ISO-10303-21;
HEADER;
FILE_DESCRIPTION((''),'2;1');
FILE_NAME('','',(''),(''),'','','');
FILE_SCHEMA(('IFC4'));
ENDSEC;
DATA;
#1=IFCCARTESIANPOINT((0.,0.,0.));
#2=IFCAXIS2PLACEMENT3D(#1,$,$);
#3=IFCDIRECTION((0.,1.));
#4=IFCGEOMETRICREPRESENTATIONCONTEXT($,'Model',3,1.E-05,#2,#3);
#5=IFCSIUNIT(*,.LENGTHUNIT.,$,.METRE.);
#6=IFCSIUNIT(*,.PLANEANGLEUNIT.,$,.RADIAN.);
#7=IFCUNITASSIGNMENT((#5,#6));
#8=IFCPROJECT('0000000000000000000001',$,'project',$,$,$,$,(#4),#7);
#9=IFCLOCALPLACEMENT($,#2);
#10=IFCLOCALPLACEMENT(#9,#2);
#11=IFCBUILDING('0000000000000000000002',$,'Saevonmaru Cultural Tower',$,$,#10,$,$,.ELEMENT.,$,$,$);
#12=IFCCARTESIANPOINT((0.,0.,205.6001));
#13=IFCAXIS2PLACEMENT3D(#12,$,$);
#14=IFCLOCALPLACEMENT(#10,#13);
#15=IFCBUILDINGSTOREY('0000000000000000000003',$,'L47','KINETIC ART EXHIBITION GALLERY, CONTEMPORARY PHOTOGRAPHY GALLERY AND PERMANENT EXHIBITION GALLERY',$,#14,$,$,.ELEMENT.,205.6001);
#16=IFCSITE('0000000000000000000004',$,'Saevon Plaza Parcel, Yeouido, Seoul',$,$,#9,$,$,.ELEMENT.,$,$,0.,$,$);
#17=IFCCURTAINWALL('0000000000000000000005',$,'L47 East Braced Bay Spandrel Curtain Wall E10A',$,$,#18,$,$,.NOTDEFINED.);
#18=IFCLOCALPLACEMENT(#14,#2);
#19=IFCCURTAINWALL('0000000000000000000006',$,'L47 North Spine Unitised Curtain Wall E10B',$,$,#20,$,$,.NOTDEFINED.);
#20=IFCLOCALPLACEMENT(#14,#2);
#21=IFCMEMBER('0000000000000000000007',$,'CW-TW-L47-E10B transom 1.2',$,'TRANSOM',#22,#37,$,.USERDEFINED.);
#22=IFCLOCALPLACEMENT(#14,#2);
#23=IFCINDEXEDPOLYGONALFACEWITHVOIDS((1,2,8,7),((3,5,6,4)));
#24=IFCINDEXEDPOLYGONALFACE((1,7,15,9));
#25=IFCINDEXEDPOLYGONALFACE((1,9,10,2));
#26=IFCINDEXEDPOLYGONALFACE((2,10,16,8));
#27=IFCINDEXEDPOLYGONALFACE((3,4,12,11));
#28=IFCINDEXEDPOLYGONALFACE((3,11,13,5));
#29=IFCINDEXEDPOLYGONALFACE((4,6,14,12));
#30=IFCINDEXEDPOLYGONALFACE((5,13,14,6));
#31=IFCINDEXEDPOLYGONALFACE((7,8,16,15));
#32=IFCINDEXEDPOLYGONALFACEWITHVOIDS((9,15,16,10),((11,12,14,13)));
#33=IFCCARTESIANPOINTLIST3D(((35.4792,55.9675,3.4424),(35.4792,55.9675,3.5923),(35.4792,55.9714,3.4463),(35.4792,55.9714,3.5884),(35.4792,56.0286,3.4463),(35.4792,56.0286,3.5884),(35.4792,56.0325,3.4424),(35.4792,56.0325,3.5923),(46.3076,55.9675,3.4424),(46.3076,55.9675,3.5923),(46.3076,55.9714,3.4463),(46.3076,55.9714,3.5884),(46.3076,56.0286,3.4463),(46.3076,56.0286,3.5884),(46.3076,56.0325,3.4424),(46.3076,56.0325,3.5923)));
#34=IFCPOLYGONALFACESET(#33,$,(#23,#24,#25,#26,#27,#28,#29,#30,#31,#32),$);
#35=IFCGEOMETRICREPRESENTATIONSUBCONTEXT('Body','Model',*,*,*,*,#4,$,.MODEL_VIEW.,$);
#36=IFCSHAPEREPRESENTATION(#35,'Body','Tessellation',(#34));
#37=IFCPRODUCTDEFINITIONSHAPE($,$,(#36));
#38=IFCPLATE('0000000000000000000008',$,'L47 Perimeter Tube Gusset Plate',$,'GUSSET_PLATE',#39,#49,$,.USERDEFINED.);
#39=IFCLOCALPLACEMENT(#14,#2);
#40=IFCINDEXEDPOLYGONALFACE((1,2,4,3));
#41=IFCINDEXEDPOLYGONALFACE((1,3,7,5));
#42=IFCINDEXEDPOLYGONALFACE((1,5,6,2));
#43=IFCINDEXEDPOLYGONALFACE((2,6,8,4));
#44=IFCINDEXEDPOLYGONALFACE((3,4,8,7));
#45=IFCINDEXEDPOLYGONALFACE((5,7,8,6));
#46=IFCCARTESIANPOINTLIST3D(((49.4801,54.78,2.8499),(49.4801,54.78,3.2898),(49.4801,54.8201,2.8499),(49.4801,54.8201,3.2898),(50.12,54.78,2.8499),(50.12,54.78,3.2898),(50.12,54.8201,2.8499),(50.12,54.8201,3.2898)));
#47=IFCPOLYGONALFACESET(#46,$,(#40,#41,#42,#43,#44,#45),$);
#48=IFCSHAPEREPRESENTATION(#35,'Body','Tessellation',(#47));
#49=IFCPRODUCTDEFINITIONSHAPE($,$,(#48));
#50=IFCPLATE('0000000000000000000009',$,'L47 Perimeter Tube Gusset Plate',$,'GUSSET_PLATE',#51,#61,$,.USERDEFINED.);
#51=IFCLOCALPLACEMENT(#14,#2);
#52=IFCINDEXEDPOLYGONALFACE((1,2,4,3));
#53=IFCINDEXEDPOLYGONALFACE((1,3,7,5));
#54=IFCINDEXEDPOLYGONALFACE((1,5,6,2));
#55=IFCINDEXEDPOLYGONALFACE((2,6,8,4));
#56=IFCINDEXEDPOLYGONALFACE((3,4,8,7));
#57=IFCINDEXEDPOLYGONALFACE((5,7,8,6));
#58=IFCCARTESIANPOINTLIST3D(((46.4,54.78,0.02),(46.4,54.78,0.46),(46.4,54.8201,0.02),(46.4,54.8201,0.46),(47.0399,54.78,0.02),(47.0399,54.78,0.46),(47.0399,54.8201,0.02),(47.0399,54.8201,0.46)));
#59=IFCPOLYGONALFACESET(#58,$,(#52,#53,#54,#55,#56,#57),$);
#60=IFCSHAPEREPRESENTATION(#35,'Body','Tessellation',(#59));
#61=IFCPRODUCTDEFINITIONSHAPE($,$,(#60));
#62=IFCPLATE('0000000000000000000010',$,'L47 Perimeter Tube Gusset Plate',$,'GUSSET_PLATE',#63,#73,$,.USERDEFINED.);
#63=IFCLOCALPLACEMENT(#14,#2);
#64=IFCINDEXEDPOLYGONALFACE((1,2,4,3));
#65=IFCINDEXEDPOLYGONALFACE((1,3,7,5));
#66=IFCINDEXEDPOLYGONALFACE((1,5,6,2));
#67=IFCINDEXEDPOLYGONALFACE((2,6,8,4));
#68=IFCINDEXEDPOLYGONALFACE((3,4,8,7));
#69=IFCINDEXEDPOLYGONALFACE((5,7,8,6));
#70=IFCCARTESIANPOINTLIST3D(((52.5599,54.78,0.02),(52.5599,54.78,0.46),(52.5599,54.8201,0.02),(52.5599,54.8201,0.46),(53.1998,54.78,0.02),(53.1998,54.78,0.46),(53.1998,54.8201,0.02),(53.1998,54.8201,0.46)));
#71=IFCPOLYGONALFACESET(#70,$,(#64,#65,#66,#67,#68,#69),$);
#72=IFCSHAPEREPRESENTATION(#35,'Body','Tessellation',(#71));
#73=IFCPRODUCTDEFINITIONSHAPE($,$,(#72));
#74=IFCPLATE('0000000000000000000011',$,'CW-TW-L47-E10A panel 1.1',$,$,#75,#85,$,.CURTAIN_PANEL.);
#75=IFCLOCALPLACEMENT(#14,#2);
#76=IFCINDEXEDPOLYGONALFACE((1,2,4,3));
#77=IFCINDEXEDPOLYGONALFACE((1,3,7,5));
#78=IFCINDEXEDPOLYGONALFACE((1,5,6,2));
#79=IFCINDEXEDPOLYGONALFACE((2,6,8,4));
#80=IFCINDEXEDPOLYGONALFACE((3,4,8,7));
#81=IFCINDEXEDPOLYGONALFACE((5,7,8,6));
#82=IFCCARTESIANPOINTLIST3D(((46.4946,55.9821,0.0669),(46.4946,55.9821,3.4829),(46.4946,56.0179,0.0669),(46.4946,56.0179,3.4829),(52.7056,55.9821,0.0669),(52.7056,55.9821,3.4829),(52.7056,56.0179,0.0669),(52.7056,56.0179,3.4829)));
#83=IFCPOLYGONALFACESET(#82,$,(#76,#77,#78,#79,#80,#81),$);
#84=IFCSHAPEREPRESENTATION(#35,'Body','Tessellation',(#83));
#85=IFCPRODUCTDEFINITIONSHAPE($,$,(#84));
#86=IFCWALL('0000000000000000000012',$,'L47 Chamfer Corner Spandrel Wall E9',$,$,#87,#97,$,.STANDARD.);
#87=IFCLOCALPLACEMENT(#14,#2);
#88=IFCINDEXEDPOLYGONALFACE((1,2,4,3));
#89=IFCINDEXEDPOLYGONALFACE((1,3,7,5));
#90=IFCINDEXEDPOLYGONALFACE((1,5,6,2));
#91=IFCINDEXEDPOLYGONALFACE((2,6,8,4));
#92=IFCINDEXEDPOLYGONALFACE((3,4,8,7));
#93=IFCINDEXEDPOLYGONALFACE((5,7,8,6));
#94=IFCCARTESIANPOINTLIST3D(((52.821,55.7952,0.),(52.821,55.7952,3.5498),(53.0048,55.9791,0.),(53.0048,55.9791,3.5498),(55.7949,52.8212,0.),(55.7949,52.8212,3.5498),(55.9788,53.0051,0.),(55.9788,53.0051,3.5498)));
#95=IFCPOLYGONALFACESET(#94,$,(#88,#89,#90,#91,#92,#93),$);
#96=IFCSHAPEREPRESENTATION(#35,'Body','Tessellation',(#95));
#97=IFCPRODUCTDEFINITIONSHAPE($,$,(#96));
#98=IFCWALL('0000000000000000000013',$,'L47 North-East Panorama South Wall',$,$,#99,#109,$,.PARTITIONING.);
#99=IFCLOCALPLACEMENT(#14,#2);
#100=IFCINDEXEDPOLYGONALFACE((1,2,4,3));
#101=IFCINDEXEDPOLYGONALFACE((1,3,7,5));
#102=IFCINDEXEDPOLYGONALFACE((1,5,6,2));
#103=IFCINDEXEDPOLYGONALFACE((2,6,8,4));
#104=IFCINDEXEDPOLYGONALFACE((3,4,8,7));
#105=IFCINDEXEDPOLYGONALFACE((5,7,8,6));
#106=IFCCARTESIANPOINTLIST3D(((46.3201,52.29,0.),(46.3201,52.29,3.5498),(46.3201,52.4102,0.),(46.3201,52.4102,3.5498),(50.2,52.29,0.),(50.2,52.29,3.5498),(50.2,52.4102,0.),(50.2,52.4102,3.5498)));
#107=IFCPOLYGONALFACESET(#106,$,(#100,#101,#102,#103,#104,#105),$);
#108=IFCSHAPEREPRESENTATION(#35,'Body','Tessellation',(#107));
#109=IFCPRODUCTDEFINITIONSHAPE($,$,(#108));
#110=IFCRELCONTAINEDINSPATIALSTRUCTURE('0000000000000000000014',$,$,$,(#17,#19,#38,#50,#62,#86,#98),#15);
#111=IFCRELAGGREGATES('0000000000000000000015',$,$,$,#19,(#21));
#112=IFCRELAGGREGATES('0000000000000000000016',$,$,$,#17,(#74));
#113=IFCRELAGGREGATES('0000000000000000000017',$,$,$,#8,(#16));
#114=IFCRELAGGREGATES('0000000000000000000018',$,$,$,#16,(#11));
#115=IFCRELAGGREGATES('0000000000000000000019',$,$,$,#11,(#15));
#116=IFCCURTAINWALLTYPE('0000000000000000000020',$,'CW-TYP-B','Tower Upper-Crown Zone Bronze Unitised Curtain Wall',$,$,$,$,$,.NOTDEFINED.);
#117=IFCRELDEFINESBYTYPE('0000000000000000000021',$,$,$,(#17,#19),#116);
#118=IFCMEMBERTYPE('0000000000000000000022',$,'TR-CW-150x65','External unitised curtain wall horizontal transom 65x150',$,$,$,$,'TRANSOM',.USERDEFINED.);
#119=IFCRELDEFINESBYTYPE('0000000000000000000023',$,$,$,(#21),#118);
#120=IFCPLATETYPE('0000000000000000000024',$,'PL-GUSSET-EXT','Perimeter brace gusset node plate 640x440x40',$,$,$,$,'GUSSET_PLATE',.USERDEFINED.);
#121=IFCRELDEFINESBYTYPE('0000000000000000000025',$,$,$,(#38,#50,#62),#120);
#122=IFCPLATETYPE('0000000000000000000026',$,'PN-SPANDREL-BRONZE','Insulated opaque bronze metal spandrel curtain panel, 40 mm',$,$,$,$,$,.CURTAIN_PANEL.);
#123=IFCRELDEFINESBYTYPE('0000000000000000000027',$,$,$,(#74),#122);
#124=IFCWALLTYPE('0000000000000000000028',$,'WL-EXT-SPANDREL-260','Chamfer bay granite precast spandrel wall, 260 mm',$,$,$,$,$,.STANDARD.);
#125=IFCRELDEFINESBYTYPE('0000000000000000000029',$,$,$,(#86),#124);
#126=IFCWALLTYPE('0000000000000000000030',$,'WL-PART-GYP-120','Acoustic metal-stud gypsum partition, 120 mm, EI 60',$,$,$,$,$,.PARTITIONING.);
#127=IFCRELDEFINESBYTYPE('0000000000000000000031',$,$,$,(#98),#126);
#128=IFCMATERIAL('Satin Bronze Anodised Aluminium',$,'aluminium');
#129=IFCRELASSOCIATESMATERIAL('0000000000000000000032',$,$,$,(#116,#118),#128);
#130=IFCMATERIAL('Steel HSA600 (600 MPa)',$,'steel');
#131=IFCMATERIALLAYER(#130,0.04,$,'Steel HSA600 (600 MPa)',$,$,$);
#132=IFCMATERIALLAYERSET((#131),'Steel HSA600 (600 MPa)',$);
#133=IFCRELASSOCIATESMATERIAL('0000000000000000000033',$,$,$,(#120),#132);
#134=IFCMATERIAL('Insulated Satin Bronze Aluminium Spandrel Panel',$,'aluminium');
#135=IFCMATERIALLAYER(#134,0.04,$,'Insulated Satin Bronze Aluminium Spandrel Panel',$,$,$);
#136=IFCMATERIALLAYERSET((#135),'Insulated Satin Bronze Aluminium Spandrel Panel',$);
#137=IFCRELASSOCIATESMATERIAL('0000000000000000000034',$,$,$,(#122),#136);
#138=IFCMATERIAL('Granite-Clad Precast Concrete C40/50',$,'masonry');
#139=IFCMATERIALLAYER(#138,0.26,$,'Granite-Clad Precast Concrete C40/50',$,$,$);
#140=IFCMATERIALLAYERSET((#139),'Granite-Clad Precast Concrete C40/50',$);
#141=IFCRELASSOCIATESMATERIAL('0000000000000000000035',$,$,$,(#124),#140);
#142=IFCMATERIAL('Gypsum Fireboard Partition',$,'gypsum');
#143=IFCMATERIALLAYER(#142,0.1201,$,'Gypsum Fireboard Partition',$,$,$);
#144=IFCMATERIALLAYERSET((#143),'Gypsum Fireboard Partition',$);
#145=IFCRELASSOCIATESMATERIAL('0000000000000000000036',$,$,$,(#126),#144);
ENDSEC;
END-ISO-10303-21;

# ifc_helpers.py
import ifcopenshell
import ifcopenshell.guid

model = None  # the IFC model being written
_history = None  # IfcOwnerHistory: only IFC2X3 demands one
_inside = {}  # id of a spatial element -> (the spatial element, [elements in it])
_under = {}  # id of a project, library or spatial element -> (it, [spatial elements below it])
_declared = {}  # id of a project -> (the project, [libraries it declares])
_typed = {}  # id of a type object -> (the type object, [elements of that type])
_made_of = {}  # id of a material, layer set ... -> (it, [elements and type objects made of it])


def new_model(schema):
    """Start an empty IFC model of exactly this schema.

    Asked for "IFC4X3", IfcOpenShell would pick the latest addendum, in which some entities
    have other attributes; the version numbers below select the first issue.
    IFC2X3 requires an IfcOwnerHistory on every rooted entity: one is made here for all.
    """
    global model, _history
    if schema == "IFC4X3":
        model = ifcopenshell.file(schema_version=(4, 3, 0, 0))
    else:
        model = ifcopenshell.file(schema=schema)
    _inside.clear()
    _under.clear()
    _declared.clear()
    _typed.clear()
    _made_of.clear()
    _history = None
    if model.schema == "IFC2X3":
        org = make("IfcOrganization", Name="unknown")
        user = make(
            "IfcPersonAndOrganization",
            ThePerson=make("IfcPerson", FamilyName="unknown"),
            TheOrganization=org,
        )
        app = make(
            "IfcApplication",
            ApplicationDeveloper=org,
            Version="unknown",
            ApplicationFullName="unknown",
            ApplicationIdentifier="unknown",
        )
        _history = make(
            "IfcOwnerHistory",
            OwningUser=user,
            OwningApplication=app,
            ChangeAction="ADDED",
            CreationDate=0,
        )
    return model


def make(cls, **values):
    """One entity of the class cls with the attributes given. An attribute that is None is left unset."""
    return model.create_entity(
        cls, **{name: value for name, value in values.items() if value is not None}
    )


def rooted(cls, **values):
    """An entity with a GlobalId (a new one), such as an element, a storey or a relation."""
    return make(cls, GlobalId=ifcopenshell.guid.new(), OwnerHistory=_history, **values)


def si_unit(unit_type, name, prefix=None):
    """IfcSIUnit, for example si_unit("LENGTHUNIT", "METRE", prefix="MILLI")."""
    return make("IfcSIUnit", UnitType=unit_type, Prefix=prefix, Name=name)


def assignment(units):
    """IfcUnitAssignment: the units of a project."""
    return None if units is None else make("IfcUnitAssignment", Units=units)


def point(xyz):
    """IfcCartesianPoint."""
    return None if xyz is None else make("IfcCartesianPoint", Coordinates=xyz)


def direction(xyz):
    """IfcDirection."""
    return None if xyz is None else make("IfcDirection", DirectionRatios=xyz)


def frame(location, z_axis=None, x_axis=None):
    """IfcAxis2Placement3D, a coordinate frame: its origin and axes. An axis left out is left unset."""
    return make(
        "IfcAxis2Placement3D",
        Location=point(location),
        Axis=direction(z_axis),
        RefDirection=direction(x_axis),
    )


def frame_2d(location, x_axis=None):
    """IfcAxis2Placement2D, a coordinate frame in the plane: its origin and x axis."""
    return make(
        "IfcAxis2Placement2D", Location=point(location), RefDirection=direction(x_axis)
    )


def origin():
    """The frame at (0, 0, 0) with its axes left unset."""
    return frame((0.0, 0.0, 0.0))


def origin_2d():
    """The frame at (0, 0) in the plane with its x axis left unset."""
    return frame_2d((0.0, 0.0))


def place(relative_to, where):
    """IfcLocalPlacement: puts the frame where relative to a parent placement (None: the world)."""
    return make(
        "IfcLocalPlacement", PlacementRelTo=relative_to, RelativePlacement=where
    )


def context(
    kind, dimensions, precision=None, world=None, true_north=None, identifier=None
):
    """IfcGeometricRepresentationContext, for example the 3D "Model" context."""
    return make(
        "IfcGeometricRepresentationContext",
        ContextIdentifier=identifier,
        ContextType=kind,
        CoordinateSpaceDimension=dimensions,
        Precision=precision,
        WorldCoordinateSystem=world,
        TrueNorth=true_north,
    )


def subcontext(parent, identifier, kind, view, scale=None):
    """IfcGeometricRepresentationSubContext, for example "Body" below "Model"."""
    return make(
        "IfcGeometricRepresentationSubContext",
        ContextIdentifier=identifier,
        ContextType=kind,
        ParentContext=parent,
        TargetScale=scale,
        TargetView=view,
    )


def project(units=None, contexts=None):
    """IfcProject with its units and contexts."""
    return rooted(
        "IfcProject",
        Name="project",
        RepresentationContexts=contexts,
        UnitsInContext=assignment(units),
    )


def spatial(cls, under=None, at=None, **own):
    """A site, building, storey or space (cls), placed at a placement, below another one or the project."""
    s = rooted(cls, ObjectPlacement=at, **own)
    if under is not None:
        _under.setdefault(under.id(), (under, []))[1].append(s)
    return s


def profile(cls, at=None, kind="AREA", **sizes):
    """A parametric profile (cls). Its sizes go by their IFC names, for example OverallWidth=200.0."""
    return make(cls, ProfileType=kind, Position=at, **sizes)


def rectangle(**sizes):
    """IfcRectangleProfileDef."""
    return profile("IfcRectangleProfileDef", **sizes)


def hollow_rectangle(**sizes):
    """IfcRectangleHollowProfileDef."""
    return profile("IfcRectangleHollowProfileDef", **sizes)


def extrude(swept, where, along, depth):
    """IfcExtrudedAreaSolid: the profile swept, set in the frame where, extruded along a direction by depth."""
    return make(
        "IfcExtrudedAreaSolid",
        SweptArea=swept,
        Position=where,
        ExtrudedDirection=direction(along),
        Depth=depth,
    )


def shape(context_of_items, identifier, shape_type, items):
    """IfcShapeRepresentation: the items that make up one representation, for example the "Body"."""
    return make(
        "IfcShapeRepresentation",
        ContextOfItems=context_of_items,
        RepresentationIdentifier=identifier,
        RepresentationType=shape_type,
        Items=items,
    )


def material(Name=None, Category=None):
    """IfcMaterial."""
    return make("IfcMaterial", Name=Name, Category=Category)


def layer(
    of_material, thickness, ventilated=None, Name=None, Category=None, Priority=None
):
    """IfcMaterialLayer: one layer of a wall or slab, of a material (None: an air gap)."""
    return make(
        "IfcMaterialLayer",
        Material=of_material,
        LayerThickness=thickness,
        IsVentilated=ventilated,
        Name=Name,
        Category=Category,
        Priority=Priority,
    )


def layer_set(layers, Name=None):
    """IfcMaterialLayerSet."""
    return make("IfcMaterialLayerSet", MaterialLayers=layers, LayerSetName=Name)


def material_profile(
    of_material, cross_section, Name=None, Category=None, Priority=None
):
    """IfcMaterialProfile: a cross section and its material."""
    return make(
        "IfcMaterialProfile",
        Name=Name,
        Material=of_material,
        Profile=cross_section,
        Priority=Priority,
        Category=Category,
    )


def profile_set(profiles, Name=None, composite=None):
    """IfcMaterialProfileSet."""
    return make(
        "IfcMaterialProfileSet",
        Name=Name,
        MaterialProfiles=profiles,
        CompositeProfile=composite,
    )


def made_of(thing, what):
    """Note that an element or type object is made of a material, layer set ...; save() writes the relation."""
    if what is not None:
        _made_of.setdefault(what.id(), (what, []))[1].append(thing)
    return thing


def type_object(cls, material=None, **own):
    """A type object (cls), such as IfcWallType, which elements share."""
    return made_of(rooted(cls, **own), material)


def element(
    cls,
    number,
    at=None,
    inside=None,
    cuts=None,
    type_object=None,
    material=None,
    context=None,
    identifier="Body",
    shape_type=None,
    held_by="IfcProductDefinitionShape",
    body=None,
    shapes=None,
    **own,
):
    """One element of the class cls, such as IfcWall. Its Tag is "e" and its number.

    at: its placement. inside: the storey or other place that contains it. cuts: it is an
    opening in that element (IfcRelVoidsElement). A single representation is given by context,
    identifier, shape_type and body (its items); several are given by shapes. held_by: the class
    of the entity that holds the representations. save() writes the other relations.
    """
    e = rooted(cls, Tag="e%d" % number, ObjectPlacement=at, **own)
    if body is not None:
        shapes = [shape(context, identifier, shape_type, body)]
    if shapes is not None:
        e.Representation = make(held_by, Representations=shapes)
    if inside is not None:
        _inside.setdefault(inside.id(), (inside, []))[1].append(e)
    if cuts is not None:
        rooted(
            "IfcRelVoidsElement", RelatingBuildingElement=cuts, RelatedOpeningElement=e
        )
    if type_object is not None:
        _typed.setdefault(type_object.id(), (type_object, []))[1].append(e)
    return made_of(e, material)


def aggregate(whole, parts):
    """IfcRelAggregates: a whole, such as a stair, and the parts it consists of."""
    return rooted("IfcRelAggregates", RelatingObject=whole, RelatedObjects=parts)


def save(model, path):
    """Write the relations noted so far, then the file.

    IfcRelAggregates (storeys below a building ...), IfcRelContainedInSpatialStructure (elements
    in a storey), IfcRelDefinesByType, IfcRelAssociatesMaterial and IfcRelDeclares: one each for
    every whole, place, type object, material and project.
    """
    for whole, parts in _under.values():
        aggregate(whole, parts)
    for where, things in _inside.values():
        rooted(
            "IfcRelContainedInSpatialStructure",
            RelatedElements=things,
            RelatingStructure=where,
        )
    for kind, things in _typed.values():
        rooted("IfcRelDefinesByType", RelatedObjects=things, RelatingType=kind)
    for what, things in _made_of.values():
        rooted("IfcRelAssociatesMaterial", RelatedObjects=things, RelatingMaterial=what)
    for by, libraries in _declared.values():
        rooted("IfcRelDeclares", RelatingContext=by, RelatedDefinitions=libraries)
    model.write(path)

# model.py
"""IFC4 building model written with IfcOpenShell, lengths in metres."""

from ifc_helpers import new_model, si_unit, direction, frame, frame_2d, origin, origin_2d, place, context, subcontext, project, spatial, rectangle, hollow_rectangle, extrude, material, layer, layer_set, material_profile, profile_set, type_object, element, aggregate, save


model = new_model("IFC4")

# Units and contexts
model_context = context("Model", 3, precision=1e-05, world=origin(), true_north=direction((0.0, 1.0)))
body_context = subcontext(model_context, "Body", "Model", "MODEL_VIEW")
ifc_project = project(units=[si_unit("LENGTHUNIT", "METRE"), si_unit("PLANEANGLEUNIT", "RADIAN")], contexts=[model_context])

# Site, building, storey
site_placement = place(None, origin())
site = spatial("IfcSite", under=ifc_project, at=site_placement, Name="Saevon Plaza Parcel, Yeouido, Seoul", CompositionType="ELEMENT", RefElevation=0.0)
building_placement = place(site_placement, origin())
building = spatial("IfcBuilding", under=site, at=building_placement, Name="Saevonmaru Cultural Tower", CompositionType="ELEMENT")
storey_placement = place(building_placement, frame((0.0, 0.0, 205.6001)))
storey = spatial("IfcBuildingStorey", under=building, at=storey_placement, Name="L47", Description="KINETIC ART EXHIBITION GALLERY, CONTEMPORARY PHOTOGRAPHY GALLERY AND PERMANENT EXHIBITION GALLERY", CompositionType="ELEMENT", Elevation=205.6001)

# Shared definitions
ifc_material_1 = material(Name="Satin Bronze Anodised Aluminium", Category="aluminium")
curtain_wall_type = type_object("IfcCurtainWallType", Name="CW-TYP-B", Description="Tower Upper-Crown Zone Bronze Unitised Curtain Wall", PredefinedType="NOTDEFINED", material=ifc_material_1)

# Curtain wall
curtain_wall_1_placement = place(storey_placement, origin())
curtain_wall_1 = element("IfcCurtainWall", 1, at=curtain_wall_1_placement, inside=storey, type_object=curtain_wall_type, Name="L47 East Braced Bay Spandrel Curtain Wall E10A", PredefinedType="NOTDEFINED")

# Curtain wall
curtain_wall_2_placement = place(storey_placement, origin())
curtain_wall_2 = element("IfcCurtainWall", 2, at=curtain_wall_2_placement, inside=storey, type_object=curtain_wall_type, Name="L47 North Spine Unitised Curtain Wall E10B", PredefinedType="NOTDEFINED")

# Member
ifc_material_profile_1 = material_profile(ifc_material_1, hollow_rectangle(XDim=0.0649, YDim=0.1499, WallThickness=0.0039, at=origin_2d()), Name="ALU-TRAN-150x65x4")
ifc_profile_set_1 = profile_set([ifc_material_profile_1], Name="Satin Bronze Anodised Aluminium")
member_type_1 = type_object("IfcMemberType", Name="TR-CW-150x65", Description="External unitised curtain wall horizontal transom 65x150", ElementType="TRANSOM", PredefinedType="USERDEFINED", material=ifc_profile_set_1)
member_1_placement = place(storey_placement, frame((46.3076, 56.0, 3.5173), z_axis=(-1.0, 0.0, 0.0), x_axis=(0.0, -1.0, 0.0)))
member_1 = element("IfcMember", 3, at=member_1_placement, type_object=member_type_1, Name="CW-TW-L47-E10B transom 1.2", ObjectType="TRANSOM", PredefinedType="USERDEFINED", context=body_context, shape_type="SweptSolid", body=[
    extrude(hollow_rectangle(XDim=0.0649, YDim=0.1499, WallThickness=0.0039, at=origin_2d()), origin(), (0.0, 0.0, 1.0), 10.8284),
])
aggregate(curtain_wall_2, [member_1])

# Plates
ifc_material_2 = material(Name="Steel HSA600 (600 MPa)", Category="steel")
ifc_layer_1 = layer(ifc_material_2, 0.04, Name="Steel HSA600 (600 MPa)")
ifc_layer_set_1 = layer_set([ifc_layer_1], Name="Steel HSA600 (600 MPa)")
plate_type_1 = type_object("IfcPlateType", Name="PL-GUSSET-EXT", Description="Perimeter brace gusset node plate 640x440x40", ElementType="GUSSET_PLATE", PredefinedType="USERDEFINED", material=ifc_layer_set_1)
for number, where, z_axis, x_axis, name in (
    (4, (49.8, 54.8, 2.8499), (0.0, 0.0, 1.0), (1.0, 0.0, 0.0), "L47 Perimeter Tube Gusset Plate"),
    (5, (46.72, 54.8, 0.02), (0.0, 0.0, 1.0), (1.0, 0.0, 0.0), "L47 Perimeter Tube Gusset Plate"),
    (6, (52.8799, 54.8, 0.02), (0.0, 0.0, 1.0), (1.0, 0.0, 0.0), "L47 Perimeter Tube Gusset Plate"),
):
    element("IfcPlate", number, at=place(storey_placement, frame(where, z_axis=z_axis, x_axis=x_axis)), inside=storey, type_object=plate_type_1, Name=name, ObjectType="GUSSET_PLATE", PredefinedType="USERDEFINED", context=body_context, shape_type="SweptSolid", body=[
        extrude(rectangle(XDim=0.6399, YDim=0.04, at=origin_2d()), origin(), (0.0, 0.0, 1.0), 0.4399),
    ])

# Plate
ifc_material_3 = material(Name="Insulated Satin Bronze Aluminium Spandrel Panel", Category="aluminium")
ifc_layer_2 = layer(ifc_material_3, 0.04, Name="Insulated Satin Bronze Aluminium Spandrel Panel")
ifc_layer_set_2 = layer_set([ifc_layer_2], Name="Insulated Satin Bronze Aluminium Spandrel Panel")
plate_type_2 = type_object("IfcPlateType", Name="PN-SPANDREL-BRONZE", Description="Insulated opaque bronze metal spandrel curtain panel, 40 mm", PredefinedType="CURTAIN_PANEL", material=ifc_layer_set_2)
plate_placement = place(storey_placement, frame((49.6001, 56.0, 0.0669), z_axis=(0.0, 0.0, 1.0), x_axis=(-1.0, 0.0, 0.0)))
plate = element("IfcPlate", 7, at=plate_placement, type_object=plate_type_2, Name="CW-TW-L47-E10A panel 1.1", PredefinedType="CURTAIN_PANEL", context=body_context, shape_type="SweptSolid", body=[
    extrude(rectangle(XDim=6.2109, YDim=0.0359, at=origin_2d()), origin(), (0.0, 0.0, 1.0), 3.416),
])
aggregate(curtain_wall_1, [plate])

# Wall
ifc_material_4 = material(Name="Granite-Clad Precast Concrete C40/50", Category="masonry")
ifc_layer_3 = layer(ifc_material_4, 0.26, Name="Granite-Clad Precast Concrete C40/50")
ifc_layer_set_3 = layer_set([ifc_layer_3], Name="Granite-Clad Precast Concrete C40/50")
wall_type_1 = type_object("IfcWallType", Name="WL-EXT-SPANDREL-260", Description="Chamfer bay granite precast spandrel wall, 260 mm", PredefinedType="STANDARD", material=ifc_layer_set_3)
wall_1_placement = place(storey_placement, frame((55.887, 52.9131, 0.0), z_axis=(0.0, 0.0, 1.0), x_axis=(-0.707107, 0.707107, 0.0)))
element("IfcWall", 8, at=wall_1_placement, inside=storey, type_object=wall_type_1, Name="L47 Chamfer Corner Spandrel Wall E9", PredefinedType="STANDARD", context=body_context, shape_type="SweptSolid", body=[
    extrude(rectangle(XDim=4.2058, YDim=0.26, at=frame_2d((2.103, 0.0))), origin(), (0.0, 0.0, 1.0), 3.5498),
])

# Shared definitions
ifc_material_5 = material(Name="Gypsum Fireboard Partition", Category="gypsum")

# Wall
ifc_layer_4 = layer(ifc_material_5, 0.1201, Name="Gypsum Fireboard Partition")
ifc_layer_set_4 = layer_set([ifc_layer_4], Name="Gypsum Fireboard Partition")
wall_type_2 = type_object("IfcWallType", Name="WL-PART-GYP-120", Description="Acoustic metal-stud gypsum partition, 120 mm, EI 60", PredefinedType="PARTITIONING", material=ifc_layer_set_4)
wall_2_placement = place(storey_placement, frame((46.3201, 52.3501, 0.0), z_axis=(0.0, 0.0, 1.0), x_axis=(1.0, 0.0, 0.0)))
element("IfcWall", 9, at=wall_2_placement, inside=storey, type_object=wall_type_2, Name="L47 North-East Panorama South Wall", PredefinedType="PARTITIONING", context=body_context, shape_type="SweptSolid", body=[
    extrude(rectangle(XDim=3.8799, YDim=0.1201, at=frame_2d((1.9399, 0.0))), origin(), (0.0, 0.0, 1.0), 3.5498),
])

save(model, "model.ifc")
